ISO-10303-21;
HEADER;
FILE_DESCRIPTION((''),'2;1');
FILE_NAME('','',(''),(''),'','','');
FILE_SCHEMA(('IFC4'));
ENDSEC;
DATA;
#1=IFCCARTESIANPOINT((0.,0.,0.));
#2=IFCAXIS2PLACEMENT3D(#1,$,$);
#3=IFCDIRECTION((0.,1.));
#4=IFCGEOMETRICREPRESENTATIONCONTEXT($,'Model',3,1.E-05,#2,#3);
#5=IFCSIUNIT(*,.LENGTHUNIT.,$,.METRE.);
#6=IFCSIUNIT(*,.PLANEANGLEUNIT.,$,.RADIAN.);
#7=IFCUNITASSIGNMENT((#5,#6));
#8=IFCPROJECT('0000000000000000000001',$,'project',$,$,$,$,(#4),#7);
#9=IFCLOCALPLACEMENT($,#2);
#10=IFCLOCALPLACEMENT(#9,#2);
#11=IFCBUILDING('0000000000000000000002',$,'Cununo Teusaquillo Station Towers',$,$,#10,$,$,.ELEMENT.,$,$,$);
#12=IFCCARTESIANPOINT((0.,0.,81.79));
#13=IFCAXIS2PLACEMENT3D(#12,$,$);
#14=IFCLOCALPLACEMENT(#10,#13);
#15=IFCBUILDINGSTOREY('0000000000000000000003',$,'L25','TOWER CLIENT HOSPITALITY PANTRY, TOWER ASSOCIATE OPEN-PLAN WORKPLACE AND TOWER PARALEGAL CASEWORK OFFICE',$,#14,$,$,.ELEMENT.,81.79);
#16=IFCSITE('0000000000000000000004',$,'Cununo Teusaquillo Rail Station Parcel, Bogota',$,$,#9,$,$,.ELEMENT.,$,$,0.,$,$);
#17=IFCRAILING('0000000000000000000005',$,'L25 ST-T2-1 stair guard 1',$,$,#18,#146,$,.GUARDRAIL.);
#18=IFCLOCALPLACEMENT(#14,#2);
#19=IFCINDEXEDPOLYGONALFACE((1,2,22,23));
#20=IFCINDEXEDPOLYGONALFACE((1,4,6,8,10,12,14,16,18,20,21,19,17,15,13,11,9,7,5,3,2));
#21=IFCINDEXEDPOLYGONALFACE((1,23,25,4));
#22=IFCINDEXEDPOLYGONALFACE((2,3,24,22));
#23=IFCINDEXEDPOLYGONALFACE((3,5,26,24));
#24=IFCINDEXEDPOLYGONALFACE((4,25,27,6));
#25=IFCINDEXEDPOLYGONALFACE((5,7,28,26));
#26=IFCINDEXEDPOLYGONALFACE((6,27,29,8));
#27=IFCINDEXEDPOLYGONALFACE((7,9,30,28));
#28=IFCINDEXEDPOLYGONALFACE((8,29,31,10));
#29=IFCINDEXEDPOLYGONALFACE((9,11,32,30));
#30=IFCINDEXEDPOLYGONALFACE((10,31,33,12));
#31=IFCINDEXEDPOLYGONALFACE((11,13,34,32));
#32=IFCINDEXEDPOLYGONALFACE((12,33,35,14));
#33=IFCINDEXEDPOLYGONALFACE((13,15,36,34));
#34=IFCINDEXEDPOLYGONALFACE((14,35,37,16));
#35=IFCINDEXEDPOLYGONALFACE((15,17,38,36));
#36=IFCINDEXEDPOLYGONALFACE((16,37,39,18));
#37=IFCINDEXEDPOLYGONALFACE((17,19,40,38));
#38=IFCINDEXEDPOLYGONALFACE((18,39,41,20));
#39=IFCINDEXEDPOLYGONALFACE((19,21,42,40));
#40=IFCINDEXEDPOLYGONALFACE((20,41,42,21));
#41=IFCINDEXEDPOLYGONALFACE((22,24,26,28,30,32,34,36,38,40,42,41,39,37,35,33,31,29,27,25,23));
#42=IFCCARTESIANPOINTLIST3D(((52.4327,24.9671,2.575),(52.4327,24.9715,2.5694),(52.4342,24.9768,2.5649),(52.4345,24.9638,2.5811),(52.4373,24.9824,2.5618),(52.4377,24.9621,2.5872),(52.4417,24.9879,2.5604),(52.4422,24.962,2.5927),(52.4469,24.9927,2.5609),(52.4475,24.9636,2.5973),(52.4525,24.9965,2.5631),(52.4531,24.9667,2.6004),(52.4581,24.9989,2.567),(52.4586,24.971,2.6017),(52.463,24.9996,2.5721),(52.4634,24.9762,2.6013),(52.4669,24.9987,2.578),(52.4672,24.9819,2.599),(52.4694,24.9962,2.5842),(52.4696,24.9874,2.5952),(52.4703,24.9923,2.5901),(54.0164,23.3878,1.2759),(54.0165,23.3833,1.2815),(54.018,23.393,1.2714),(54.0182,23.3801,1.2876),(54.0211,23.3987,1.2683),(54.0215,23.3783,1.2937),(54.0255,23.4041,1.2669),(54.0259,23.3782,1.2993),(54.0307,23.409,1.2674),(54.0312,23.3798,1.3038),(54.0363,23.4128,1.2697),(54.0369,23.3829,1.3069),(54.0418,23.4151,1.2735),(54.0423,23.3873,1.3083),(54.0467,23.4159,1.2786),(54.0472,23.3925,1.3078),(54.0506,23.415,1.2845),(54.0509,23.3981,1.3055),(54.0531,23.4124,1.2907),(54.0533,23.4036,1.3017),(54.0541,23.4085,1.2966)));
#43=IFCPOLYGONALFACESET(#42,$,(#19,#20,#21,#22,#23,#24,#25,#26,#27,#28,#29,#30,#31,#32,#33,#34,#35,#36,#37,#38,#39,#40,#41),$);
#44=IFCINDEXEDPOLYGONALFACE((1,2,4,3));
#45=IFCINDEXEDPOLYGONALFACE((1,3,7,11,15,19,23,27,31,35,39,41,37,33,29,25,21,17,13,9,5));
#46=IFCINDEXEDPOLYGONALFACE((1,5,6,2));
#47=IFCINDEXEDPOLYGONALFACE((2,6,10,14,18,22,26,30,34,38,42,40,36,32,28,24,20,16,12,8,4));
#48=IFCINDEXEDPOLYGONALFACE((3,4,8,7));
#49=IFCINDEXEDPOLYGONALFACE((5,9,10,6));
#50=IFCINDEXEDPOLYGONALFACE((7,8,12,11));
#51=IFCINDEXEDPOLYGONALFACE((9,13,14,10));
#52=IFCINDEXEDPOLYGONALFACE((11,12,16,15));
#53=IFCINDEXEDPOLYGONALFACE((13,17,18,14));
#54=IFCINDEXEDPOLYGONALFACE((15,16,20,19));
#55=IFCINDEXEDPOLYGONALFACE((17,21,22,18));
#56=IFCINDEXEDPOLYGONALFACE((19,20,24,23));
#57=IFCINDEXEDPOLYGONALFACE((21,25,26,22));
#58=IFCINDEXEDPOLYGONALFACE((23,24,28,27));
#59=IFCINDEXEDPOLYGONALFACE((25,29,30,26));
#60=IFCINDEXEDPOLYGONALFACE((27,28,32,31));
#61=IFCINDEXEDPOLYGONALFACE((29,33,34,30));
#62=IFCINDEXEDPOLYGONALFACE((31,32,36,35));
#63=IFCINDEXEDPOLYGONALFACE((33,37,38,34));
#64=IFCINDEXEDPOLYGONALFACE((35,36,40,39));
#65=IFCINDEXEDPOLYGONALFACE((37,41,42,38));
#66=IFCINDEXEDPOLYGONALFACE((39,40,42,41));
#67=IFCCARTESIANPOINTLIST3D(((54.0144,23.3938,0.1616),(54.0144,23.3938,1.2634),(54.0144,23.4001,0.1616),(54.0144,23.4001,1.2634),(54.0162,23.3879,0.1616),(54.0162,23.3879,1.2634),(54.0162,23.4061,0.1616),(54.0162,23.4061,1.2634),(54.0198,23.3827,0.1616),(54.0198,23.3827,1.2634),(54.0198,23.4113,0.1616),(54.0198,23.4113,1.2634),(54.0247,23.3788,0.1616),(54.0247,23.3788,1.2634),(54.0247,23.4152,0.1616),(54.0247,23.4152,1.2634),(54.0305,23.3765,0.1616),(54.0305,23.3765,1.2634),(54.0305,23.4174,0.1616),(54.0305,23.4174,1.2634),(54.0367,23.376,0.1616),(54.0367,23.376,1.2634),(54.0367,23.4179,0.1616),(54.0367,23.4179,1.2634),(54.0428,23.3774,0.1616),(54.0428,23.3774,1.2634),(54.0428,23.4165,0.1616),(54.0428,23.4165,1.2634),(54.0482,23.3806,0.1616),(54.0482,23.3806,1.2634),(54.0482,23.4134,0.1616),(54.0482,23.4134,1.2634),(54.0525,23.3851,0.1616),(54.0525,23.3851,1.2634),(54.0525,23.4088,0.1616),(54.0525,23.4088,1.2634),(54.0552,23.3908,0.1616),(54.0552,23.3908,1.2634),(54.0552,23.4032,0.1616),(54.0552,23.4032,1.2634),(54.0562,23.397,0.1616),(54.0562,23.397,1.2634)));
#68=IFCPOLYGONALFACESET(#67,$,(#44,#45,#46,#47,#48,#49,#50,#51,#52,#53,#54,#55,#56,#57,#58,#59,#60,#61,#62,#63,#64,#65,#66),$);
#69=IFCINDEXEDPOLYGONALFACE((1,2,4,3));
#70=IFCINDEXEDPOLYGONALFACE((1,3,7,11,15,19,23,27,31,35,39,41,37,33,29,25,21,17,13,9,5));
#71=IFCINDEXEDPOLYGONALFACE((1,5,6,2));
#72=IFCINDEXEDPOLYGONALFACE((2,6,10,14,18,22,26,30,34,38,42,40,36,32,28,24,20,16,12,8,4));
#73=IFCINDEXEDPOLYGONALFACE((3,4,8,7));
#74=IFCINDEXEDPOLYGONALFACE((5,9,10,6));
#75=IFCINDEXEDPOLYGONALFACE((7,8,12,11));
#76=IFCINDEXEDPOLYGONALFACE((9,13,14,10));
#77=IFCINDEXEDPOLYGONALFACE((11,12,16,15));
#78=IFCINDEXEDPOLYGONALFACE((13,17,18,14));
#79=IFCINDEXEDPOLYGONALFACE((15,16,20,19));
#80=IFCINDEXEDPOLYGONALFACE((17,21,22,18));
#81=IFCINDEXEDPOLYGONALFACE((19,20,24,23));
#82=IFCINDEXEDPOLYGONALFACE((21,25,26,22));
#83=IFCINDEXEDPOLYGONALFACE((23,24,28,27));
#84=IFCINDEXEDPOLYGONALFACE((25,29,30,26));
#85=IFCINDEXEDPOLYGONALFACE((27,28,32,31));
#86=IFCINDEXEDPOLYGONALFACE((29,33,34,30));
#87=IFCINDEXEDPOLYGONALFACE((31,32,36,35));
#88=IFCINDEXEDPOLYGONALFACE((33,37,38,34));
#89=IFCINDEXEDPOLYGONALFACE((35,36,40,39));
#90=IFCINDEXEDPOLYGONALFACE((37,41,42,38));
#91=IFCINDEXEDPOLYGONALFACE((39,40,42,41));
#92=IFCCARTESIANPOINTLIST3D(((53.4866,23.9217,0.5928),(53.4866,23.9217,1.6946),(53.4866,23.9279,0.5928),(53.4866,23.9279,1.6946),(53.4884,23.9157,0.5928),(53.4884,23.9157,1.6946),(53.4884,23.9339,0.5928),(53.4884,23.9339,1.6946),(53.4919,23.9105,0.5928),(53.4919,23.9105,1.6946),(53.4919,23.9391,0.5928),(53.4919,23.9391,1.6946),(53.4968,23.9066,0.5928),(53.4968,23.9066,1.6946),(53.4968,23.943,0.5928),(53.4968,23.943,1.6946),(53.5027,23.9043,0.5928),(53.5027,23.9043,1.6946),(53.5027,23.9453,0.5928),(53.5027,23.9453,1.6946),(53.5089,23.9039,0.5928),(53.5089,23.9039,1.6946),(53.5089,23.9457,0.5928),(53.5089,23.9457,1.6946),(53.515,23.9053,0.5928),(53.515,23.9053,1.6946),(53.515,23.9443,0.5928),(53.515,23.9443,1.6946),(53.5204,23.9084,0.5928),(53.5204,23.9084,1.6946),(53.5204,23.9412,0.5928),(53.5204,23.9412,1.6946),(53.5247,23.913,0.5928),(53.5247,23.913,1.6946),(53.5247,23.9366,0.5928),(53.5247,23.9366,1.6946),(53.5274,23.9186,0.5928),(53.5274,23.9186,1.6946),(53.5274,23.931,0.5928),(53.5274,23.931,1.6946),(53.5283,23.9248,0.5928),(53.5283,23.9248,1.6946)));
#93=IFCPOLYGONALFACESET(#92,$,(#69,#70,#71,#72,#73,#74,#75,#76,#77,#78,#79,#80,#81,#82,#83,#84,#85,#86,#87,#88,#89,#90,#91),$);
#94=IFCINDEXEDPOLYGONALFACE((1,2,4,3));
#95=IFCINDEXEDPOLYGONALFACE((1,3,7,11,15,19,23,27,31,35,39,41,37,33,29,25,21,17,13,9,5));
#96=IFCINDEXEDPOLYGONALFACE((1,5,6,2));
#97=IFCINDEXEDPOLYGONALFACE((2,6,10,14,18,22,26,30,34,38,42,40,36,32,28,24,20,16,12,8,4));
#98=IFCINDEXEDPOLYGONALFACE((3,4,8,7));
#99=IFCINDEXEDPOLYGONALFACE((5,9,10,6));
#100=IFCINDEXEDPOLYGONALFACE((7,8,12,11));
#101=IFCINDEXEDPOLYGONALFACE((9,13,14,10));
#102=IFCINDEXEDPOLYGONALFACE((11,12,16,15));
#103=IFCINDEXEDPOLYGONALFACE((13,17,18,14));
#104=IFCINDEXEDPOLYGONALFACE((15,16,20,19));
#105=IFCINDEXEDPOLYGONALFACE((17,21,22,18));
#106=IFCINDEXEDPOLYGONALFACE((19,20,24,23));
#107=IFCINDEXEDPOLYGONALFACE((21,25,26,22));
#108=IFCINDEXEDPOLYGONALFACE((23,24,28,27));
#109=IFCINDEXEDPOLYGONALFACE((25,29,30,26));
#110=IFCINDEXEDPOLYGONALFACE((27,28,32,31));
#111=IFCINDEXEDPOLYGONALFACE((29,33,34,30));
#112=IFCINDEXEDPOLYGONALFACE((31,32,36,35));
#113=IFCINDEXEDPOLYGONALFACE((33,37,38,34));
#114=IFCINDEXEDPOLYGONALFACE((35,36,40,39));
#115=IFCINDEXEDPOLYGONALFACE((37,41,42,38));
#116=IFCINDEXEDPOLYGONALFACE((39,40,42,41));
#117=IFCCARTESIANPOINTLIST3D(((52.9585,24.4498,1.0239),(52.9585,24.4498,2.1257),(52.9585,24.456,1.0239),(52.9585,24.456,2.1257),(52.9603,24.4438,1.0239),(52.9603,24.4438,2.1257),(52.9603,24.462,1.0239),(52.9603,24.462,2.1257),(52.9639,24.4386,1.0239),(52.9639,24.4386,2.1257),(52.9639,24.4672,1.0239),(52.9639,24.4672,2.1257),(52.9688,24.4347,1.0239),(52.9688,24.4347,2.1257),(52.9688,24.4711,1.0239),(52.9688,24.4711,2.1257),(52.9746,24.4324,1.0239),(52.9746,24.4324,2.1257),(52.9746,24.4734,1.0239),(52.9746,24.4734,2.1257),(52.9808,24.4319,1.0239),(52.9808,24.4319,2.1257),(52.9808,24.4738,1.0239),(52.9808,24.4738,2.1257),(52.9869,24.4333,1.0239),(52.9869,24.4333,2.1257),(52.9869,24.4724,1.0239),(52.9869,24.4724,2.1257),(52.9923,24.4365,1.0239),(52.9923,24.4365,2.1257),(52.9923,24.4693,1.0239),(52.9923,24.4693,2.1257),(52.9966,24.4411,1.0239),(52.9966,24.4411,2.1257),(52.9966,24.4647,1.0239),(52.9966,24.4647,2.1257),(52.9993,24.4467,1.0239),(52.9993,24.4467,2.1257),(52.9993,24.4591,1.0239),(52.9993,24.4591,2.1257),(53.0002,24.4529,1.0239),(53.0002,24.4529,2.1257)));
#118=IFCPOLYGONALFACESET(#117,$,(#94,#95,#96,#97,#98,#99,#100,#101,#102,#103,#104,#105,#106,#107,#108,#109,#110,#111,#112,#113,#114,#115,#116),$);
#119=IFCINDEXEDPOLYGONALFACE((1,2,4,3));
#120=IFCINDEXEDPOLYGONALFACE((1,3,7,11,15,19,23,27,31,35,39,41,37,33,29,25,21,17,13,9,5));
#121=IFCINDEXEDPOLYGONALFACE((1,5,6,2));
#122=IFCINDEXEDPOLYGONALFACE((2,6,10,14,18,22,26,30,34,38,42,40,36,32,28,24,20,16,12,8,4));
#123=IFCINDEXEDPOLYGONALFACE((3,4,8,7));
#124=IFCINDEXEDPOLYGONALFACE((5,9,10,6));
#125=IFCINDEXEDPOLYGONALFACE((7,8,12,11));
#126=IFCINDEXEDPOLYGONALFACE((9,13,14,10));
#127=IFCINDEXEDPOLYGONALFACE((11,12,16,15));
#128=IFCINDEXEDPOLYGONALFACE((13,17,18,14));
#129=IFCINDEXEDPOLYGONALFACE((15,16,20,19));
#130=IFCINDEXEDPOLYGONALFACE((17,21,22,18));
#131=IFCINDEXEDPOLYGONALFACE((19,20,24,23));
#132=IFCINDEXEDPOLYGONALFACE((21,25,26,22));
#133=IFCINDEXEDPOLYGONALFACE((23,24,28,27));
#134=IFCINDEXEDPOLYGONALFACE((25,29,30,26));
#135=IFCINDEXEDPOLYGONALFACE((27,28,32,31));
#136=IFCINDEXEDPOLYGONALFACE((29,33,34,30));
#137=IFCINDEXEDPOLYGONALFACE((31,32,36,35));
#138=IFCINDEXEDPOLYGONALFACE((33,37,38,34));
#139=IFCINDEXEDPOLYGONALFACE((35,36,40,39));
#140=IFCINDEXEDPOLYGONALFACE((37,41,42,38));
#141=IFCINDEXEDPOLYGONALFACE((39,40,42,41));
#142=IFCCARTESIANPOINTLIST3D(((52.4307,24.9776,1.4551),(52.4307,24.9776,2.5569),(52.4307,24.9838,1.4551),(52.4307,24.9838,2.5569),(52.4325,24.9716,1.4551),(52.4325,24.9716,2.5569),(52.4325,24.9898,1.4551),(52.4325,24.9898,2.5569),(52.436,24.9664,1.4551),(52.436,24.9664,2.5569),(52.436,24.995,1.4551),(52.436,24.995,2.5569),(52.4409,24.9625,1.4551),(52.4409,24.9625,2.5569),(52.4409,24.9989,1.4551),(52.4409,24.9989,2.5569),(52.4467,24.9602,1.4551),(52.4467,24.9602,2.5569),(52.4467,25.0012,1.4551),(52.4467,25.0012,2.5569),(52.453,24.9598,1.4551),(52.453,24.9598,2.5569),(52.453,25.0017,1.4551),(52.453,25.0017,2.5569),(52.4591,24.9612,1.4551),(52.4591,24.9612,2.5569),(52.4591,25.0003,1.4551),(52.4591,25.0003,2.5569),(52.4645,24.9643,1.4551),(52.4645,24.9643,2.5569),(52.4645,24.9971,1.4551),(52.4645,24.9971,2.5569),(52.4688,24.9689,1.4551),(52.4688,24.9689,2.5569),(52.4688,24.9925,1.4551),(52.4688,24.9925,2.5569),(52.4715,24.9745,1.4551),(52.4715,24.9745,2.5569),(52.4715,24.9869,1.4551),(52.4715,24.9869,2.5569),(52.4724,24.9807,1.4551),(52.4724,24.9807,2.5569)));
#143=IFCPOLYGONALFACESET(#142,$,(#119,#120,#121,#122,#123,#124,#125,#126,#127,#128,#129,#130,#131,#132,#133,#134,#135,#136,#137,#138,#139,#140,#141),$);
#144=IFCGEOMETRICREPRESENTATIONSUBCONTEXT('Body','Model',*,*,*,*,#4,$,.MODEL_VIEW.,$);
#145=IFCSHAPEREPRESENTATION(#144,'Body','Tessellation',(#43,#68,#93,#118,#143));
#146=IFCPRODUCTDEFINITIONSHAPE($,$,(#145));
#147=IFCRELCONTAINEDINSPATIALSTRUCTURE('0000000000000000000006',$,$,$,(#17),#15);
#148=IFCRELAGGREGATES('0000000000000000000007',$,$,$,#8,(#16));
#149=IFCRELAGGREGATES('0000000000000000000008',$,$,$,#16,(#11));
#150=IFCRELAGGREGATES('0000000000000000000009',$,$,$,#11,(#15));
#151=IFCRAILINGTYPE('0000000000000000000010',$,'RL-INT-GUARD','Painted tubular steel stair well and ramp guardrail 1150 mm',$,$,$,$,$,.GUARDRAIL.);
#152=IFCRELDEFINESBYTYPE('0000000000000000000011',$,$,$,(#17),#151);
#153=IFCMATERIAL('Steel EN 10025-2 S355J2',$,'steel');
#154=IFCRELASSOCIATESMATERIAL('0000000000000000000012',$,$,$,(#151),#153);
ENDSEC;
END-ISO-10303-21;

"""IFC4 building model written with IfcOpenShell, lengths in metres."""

from ifc_helpers import new_model, si_unit, direction, frame, origin, origin_2d, place, context, subcontext, project, spatial, circle, extrude, material, type_object, element, save


model = new_model("IFC4")

# Units and contexts
model_context = context("Model", 3, precision=1e-05, world=origin(), true_north=direction((0.0, 1.0)))
body_context = subcontext(model_context, "Body", "Model", "MODEL_VIEW")
ifc_project = project(units=[si_unit("LENGTHUNIT", "METRE"), si_unit("PLANEANGLEUNIT", "RADIAN")], contexts=[model_context])

# Site, building, storey
site_placement = place(None, origin())
site = spatial("IfcSite", under=ifc_project, at=site_placement, Name="Cununo Teusaquillo Rail Station Parcel, Bogota", CompositionType="ELEMENT", RefElevation=0.0)
building_placement = place(site_placement, origin())
building = spatial("IfcBuilding", under=site, at=building_placement, Name="Cununo Teusaquillo Station Towers", CompositionType="ELEMENT")
storey_placement = place(building_placement, frame((0.0, 0.0, 81.79)))
storey = spatial("IfcBuildingStorey", under=building, at=storey_placement, Name="L25", Description="TOWER CLIENT HOSPITALITY PANTRY, TOWER ASSOCIATE OPEN-PLAN WORKPLACE AND TOWER PARALEGAL CASEWORK OFFICE", CompositionType="ELEMENT", Elevation=81.79)

# Railing
ifc_material_1 = material(Name="Steel EN 10025-2 S355J2", Category="steel")
railing_type_1 = type_object("IfcRailingType", Name="RL-INT-GUARD", Description="Painted tubular steel stair well and ramp guardrail 1150 mm", PredefinedType="GUARDRAIL", material=ifc_material_1)
railing_1_placement = place(storey_placement, frame((54.0352, 23.397, 0.1616)))
element("IfcRailing", 1, at=railing_1_placement, inside=storey, type_object=railing_type_1, Name="L25 ST-T2-1 stair guard 1", PredefinedType="GUARDRAIL", context=body_context, shape_type="SweptSolid", body=[
    extrude(circle(Radius=0.0239, at=origin_2d()), frame((0.0, 0.0, 1.126), z_axis=(-0.612332, 0.612332, 0.500098), x_axis=(-0.707107, -0.707107, 0.0)), (0.0, 0.0, 1.0), 2.5864),
    extrude(circle(Radius=0.021, at=origin_2d()), origin(), (0.0, 0.0, 1.0), 1.1018),
    extrude(circle(Radius=0.021, at=origin_2d()), frame((-0.5278, 0.5278, 0.4312)), (0.0, 0.0, 1.0), 1.1018),
    extrude(circle(Radius=0.021, at=origin_2d()), frame((-1.0559, 1.0559, 0.8623)), (0.0, 0.0, 1.0), 1.1018),
    extrude(circle(Radius=0.021, at=origin_2d()), frame((-1.5837, 1.5837, 1.2935)), (0.0, 0.0, 1.0), 1.1018),
])

save(model, "model.ifc")
